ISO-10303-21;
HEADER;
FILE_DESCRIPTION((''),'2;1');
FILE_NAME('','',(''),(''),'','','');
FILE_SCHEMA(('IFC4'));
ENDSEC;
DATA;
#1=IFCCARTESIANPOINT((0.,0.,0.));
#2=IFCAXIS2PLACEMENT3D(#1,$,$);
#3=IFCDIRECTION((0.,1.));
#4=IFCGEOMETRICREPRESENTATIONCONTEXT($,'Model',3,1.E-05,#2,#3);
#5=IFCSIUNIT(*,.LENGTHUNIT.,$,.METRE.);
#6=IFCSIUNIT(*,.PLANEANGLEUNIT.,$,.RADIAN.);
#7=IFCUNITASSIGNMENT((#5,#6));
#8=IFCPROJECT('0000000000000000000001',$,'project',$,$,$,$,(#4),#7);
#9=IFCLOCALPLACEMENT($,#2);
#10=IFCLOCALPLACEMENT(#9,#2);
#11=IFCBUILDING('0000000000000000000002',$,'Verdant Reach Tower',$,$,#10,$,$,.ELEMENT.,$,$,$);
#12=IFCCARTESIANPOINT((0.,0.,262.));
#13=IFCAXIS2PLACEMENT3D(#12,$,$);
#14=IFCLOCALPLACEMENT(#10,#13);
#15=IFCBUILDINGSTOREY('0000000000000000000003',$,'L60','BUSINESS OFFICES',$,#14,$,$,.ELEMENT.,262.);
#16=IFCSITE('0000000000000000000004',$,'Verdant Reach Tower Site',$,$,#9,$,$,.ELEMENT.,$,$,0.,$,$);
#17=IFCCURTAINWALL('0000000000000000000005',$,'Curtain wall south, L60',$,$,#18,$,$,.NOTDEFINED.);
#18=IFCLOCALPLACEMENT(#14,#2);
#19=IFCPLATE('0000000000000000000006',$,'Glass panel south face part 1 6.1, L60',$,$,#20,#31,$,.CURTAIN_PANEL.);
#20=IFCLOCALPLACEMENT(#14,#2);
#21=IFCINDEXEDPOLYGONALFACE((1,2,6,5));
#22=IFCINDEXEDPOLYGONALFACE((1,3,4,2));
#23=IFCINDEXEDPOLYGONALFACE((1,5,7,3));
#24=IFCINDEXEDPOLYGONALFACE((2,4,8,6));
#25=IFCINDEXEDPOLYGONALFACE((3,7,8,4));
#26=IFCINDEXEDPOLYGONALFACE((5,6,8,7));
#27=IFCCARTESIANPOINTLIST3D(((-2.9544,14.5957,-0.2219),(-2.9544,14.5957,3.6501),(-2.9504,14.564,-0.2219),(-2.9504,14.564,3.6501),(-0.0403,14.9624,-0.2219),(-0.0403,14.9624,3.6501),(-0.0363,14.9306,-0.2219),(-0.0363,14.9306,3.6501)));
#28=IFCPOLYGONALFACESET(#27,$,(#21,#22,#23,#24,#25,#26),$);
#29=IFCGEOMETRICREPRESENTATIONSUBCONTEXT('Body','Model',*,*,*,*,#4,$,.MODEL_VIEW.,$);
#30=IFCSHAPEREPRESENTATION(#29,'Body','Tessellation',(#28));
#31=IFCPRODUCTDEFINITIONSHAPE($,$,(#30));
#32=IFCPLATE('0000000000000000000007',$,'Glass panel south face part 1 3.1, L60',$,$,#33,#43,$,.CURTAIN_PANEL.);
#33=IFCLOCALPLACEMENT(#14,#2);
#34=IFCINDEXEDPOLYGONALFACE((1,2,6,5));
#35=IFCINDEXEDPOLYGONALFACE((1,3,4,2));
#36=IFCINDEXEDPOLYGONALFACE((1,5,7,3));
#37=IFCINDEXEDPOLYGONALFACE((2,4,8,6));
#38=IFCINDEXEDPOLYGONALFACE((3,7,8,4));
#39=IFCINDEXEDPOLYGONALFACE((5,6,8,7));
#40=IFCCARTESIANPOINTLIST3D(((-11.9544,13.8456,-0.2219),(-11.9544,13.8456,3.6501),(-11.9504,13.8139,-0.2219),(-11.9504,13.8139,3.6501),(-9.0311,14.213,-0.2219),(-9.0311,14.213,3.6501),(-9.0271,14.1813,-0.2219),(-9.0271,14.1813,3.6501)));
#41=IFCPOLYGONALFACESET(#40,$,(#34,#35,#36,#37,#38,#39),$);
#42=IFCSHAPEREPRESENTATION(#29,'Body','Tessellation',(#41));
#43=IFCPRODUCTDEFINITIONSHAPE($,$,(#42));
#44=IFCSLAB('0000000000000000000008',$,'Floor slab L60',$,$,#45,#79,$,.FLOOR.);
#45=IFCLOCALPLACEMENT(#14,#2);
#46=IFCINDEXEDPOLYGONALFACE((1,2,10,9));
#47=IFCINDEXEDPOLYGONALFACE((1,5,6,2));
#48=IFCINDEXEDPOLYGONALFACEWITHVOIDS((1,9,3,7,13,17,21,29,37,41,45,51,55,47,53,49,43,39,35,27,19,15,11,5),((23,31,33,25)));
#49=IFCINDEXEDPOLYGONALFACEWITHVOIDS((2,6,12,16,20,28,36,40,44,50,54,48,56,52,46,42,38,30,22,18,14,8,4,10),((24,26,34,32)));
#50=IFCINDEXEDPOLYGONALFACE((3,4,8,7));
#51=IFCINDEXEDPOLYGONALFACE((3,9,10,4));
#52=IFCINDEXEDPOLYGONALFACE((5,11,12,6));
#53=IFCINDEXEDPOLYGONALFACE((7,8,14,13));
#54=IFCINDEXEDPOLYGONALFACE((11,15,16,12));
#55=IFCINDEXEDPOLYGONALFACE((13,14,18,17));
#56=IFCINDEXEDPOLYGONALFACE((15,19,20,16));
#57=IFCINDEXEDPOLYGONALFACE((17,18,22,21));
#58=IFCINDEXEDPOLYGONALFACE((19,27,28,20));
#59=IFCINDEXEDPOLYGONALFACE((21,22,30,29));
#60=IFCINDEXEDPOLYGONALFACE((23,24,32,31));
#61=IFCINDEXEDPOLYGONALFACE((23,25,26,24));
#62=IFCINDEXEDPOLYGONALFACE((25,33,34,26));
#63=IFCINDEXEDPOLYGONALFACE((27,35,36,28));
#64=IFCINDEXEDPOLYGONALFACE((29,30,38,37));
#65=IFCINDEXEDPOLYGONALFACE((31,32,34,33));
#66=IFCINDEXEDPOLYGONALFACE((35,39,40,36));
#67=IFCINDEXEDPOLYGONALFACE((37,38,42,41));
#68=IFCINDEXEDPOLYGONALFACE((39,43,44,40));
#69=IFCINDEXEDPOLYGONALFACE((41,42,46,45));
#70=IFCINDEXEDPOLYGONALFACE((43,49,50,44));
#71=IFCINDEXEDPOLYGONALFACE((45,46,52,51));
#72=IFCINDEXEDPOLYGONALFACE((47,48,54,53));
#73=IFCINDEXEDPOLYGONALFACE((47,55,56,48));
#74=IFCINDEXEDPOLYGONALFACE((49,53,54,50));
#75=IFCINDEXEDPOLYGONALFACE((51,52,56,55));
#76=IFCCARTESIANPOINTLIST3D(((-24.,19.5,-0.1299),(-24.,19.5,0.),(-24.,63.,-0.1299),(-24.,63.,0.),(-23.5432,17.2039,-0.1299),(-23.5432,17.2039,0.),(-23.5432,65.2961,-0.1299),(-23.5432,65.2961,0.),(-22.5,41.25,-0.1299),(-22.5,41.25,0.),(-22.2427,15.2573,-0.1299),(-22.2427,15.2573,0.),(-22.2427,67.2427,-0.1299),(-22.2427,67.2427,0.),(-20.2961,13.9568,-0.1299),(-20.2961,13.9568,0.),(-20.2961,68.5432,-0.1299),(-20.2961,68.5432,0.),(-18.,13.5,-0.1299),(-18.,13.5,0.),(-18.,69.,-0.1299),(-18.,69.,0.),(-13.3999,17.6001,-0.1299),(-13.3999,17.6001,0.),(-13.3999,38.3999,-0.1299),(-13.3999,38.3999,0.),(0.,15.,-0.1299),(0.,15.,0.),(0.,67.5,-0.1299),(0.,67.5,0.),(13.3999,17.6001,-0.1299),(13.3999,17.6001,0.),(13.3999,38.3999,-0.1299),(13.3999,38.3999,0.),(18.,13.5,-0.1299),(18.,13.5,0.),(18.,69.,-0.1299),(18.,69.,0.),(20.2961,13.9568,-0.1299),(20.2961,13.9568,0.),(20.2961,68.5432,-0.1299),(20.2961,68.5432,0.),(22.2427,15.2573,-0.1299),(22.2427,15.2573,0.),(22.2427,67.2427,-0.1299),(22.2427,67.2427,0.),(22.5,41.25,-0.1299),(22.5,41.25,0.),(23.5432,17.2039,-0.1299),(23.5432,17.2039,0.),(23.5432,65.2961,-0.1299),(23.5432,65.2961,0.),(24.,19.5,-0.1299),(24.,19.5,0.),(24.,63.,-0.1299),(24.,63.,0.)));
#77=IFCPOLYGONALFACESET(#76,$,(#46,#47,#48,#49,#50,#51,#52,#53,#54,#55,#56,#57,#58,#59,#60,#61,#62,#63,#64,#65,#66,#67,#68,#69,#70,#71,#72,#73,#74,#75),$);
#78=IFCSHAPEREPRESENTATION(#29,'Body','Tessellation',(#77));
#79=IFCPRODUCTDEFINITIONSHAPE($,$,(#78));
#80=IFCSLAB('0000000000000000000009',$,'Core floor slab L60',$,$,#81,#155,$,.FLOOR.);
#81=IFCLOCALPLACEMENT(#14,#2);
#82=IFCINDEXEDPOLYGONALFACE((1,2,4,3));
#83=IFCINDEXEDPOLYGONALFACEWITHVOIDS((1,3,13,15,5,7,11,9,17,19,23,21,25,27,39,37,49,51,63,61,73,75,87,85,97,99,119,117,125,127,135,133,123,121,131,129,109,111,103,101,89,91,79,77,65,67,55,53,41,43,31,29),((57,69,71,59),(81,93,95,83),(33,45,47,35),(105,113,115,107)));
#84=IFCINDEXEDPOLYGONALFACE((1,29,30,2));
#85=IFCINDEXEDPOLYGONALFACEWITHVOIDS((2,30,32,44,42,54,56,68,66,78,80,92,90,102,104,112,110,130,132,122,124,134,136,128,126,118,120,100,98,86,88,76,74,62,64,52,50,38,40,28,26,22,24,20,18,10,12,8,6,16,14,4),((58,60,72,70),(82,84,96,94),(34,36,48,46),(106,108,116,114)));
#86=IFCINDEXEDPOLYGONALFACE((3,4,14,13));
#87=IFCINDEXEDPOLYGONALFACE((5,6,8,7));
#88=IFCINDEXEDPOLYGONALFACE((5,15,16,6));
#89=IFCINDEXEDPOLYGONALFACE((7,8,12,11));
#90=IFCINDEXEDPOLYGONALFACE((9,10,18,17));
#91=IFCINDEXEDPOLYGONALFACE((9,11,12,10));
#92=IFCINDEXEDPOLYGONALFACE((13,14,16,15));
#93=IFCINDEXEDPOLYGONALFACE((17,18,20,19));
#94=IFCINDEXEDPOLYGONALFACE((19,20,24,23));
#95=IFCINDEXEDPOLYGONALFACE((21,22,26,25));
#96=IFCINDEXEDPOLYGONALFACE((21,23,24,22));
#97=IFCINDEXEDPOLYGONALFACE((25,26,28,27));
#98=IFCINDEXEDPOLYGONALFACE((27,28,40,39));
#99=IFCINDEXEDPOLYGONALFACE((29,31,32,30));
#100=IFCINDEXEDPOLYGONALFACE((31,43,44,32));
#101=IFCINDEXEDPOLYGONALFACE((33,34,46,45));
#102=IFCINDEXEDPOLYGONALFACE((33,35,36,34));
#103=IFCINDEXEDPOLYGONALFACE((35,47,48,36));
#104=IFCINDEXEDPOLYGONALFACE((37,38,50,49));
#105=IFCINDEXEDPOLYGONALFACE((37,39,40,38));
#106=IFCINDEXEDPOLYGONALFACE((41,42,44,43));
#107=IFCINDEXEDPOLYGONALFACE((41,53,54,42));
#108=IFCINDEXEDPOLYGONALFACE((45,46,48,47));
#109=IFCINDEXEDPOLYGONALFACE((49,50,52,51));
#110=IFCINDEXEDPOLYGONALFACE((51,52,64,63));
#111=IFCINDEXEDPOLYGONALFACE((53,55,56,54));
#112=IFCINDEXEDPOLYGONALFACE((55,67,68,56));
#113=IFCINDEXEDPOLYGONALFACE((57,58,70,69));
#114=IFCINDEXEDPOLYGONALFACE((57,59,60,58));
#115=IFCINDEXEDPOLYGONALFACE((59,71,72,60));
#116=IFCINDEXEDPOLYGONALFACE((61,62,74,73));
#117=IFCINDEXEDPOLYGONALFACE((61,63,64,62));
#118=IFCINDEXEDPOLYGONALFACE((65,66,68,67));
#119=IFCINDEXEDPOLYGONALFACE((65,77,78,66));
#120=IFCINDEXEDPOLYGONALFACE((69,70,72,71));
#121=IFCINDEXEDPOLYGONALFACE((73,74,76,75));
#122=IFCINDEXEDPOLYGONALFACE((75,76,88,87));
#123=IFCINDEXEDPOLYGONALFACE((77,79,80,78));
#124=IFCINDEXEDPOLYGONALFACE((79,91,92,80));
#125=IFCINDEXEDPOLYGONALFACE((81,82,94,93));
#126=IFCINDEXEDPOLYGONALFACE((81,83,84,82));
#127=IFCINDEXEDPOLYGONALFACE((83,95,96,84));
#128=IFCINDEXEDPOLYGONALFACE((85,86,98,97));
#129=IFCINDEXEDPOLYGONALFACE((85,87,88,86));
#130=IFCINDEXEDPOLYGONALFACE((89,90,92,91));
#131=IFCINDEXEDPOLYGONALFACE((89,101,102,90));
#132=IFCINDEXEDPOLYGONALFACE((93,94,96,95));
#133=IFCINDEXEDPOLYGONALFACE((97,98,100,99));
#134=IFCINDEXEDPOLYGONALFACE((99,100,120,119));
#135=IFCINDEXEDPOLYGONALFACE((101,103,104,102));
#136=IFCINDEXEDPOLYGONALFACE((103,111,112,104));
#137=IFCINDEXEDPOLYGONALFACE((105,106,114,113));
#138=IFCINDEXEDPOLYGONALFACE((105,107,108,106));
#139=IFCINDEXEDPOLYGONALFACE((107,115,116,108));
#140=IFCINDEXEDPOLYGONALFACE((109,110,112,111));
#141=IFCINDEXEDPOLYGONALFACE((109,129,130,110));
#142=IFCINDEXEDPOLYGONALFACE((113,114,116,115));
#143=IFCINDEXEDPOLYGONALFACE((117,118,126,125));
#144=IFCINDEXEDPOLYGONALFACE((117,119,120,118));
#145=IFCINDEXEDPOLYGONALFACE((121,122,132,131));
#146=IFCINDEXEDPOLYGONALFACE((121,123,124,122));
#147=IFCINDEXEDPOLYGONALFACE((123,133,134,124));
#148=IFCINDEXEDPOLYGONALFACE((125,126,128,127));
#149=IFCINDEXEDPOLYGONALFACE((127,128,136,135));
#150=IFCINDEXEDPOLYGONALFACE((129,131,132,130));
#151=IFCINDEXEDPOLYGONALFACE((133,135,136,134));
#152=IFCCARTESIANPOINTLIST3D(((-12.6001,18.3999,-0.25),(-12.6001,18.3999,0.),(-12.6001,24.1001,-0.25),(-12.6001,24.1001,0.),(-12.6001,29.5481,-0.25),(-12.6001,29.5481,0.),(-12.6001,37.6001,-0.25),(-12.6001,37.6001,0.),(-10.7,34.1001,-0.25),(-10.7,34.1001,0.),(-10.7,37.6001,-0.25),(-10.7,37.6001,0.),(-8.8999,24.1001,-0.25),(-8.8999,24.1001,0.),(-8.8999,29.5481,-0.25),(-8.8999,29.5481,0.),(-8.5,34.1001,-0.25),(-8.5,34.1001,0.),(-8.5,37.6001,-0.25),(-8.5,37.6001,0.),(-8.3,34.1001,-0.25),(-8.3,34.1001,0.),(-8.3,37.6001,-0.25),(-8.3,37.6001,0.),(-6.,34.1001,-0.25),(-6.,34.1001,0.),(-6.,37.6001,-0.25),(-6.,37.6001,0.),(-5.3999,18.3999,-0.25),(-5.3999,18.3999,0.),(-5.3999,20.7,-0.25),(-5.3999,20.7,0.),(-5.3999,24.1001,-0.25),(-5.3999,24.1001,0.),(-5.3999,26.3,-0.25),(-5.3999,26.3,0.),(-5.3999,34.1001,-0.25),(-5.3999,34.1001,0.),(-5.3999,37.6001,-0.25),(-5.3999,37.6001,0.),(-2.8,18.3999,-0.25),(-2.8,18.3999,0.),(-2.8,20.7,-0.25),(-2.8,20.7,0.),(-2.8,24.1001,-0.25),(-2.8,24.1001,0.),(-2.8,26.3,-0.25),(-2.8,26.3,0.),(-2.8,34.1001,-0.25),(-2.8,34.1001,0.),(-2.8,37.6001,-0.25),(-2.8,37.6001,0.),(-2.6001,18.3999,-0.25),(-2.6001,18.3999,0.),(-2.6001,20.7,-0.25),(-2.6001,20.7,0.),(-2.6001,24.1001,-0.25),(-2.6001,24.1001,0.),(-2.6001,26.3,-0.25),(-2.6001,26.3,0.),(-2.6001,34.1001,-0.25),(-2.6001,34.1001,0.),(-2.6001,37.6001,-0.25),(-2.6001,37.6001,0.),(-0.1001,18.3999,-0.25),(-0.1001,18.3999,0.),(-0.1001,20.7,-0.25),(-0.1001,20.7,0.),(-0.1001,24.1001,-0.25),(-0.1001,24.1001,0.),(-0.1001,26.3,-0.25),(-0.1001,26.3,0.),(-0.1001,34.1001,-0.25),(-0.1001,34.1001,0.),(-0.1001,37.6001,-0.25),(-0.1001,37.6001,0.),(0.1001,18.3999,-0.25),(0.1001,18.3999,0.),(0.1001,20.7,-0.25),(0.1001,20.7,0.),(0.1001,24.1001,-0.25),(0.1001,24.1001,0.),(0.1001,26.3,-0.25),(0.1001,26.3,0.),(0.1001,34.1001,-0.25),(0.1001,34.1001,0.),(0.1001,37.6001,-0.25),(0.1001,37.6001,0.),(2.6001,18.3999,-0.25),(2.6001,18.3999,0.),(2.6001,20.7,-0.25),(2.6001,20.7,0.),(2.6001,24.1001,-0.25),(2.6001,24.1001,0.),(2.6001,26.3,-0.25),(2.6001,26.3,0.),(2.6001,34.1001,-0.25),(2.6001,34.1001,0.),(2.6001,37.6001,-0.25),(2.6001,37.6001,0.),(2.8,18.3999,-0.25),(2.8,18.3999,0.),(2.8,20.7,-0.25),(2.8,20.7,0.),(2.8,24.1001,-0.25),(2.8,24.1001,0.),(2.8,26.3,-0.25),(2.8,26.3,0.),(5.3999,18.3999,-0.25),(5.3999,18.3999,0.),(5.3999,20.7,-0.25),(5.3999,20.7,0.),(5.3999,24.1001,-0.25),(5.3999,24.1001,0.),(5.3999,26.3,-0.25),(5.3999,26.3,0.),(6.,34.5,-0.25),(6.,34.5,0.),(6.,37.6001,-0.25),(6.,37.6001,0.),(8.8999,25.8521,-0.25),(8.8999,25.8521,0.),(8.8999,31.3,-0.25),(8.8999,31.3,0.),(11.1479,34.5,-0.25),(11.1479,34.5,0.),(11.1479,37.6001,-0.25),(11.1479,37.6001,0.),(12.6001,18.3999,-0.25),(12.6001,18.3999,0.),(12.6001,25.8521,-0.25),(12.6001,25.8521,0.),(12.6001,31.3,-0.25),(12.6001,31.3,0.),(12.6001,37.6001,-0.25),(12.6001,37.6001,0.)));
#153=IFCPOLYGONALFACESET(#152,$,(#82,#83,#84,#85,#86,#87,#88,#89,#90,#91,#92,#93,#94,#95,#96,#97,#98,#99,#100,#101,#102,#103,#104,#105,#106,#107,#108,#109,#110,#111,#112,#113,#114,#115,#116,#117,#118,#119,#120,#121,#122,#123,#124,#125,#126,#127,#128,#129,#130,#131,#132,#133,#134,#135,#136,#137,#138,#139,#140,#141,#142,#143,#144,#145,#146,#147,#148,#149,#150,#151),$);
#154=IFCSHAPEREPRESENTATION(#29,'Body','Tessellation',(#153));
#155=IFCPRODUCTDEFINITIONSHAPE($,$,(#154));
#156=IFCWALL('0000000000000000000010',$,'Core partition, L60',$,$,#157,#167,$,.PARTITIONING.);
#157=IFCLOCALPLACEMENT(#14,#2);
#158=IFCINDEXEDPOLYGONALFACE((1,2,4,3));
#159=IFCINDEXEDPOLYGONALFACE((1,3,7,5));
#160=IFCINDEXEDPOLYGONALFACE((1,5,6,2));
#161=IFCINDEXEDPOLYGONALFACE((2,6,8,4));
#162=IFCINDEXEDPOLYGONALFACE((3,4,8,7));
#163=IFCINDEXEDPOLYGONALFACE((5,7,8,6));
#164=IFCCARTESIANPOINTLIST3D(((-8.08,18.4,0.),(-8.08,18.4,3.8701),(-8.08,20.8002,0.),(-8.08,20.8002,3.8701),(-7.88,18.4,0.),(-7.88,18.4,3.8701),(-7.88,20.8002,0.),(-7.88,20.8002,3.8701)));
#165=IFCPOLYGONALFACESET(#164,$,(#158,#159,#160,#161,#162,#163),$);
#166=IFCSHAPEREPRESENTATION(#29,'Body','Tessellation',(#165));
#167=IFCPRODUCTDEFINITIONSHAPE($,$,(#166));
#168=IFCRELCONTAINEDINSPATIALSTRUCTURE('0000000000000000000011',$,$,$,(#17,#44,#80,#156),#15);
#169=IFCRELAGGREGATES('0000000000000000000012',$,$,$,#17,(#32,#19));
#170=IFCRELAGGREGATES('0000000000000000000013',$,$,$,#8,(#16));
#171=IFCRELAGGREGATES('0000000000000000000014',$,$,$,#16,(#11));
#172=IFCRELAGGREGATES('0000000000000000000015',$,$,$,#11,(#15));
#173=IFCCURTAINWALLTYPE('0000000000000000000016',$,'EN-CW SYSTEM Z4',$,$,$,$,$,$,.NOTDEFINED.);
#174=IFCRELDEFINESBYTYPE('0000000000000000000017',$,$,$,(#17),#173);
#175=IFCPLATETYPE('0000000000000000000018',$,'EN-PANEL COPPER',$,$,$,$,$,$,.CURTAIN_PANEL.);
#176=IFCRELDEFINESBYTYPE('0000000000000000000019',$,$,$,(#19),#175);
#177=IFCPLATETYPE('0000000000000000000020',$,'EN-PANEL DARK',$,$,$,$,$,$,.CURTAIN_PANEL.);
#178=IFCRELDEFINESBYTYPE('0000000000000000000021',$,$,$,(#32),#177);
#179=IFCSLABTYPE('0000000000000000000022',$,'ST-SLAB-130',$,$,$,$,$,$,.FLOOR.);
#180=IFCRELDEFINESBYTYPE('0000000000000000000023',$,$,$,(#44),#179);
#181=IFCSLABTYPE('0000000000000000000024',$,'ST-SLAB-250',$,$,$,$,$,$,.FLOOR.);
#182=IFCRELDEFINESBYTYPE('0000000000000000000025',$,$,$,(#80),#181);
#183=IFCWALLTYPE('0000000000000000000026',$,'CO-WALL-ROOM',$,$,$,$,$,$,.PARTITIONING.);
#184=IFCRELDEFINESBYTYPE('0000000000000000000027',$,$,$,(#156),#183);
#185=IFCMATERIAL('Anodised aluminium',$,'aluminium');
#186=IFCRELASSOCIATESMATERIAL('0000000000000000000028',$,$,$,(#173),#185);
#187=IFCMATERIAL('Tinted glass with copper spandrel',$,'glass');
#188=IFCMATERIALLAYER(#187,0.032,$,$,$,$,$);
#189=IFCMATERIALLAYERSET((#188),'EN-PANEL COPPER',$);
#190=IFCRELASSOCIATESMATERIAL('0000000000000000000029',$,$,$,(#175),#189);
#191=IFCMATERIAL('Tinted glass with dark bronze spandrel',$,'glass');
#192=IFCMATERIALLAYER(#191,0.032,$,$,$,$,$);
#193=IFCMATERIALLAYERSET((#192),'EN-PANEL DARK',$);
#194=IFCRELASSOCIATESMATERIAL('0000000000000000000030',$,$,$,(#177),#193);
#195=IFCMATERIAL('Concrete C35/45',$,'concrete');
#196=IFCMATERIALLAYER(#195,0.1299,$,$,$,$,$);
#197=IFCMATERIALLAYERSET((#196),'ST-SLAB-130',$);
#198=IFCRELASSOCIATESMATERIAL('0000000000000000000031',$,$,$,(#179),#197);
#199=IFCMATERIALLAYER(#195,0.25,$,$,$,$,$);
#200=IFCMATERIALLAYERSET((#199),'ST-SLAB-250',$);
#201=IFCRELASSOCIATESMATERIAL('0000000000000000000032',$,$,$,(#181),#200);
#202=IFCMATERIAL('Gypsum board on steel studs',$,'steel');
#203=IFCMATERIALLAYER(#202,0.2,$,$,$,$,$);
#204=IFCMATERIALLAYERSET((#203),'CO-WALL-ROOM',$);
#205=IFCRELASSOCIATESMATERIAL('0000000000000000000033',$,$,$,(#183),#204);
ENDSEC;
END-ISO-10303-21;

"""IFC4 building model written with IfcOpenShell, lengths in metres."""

from ifc_helpers import new_model, si_unit, direction, frame, frame_2d, origin, origin_2d, place, context, subcontext, project, spatial, polyline, rectangle, outline, extrude, material, layer, layer_set, type_object, element, aggregate, save


model = new_model("IFC4")

# Units and contexts
model_context = context("Model", 3, precision=1e-05, world=origin(), true_north=direction((0.0, 1.0)))
body_context = subcontext(model_context, "Body", "Model", "MODEL_VIEW")
ifc_project = project(units=[si_unit("LENGTHUNIT", "METRE"), si_unit("PLANEANGLEUNIT", "RADIAN")], contexts=[model_context])

# Site, building, storey
site_placement = place(None, origin())
site = spatial("IfcSite", under=ifc_project, at=site_placement, Name="Verdant Reach Tower Site", CompositionType="ELEMENT", RefElevation=0.0)
building_placement = place(site_placement, origin())
building = spatial("IfcBuilding", under=site, at=building_placement, Name="Verdant Reach Tower", CompositionType="ELEMENT")
storey_placement = place(building_placement, frame((0.0, 0.0, 262.0)))
storey = spatial("IfcBuildingStorey", under=building, at=storey_placement, Name="L60", Description="BUSINESS OFFICES", CompositionType="ELEMENT", Elevation=262.0)

# Curtain wall
ifc_material_1 = material(Name="Anodised aluminium", Category="aluminium")
curtain_wall_type = type_object("IfcCurtainWallType", Name="EN-CW SYSTEM Z4", PredefinedType="NOTDEFINED", material=ifc_material_1)
curtain_wall_placement = place(storey_placement, origin())
curtain_wall = element("IfcCurtainWall", 1, at=curtain_wall_placement, inside=storey, type_object=curtain_wall_type, Name="Curtain wall south, L60", PredefinedType="NOTDEFINED")

# Plates
ifc_material_2 = material(Name="Tinted glass with copper spandrel", Category="glass")
ifc_layer_1 = layer(ifc_material_2, 0.032)
ifc_layer_set_1 = layer_set([ifc_layer_1], Name="EN-PANEL COPPER")
plate_type_1 = type_object("IfcPlateType", Name="EN-PANEL COPPER", PredefinedType="CURTAIN_PANEL", material=ifc_layer_set_1)
plate_1_placement = place(storey_placement, frame((-1.4954, 14.7632, -0.2219), z_axis=(0.0, 0.0, 1.0), x_axis=(0.992178, 0.124832, 0.0)))
plate_1 = element("IfcPlate", 2, at=plate_1_placement, type_object=plate_type_1, Name="Glass panel south face part 1 6.1, L60", PredefinedType="CURTAIN_PANEL", context=body_context, shape_type="SweptSolid", body=[
    extrude(rectangle(XDim=2.937, YDim=0.032, at=origin_2d()), origin(), (0.0, 0.0, 1.0), 3.8721),
])
ifc_material_3 = material(Name="Tinted glass with dark bronze spandrel", Category="glass")
ifc_layer_2 = layer(ifc_material_3, 0.032)
ifc_layer_set_2 = layer_set([ifc_layer_2], Name="EN-PANEL DARK")
plate_type_2 = type_object("IfcPlateType", Name="EN-PANEL DARK", PredefinedType="CURTAIN_PANEL", material=ifc_layer_set_2)
plate_2_placement = place(storey_placement, frame((-10.4907, 14.0134, -0.2219), z_axis=(0.0, 0.0, 1.0), x_axis=(0.992194, 0.124704, 0.0)))
plate_2 = element("IfcPlate", 3, at=plate_2_placement, type_object=plate_type_2, Name="Glass panel south face part 1 3.1, L60", PredefinedType="CURTAIN_PANEL", context=body_context, shape_type="SweptSolid", body=[
    extrude(rectangle(XDim=2.9463, YDim=0.032, at=origin_2d()), origin(), (0.0, 0.0, 1.0), 3.8721),
])
aggregate(curtain_wall, [plate_2, plate_1])

# Slabs
ifc_material_4 = material(Name="Concrete C35/45", Category="concrete")
ifc_layer_3 = layer(ifc_material_4, 0.1299)
ifc_layer_set_3 = layer_set([ifc_layer_3], Name="ST-SLAB-130")
slab_type_1 = type_object("IfcSlabType", Name="ST-SLAB-130", PredefinedType="FLOOR", material=ifc_layer_set_3)
slab_1_placement = place(storey_placement, frame((0.0, 0.0, -0.1299)))
element("IfcSlab", 4, at=slab_1_placement, inside=storey, type_object=slab_type_1, Name="Floor slab L60", PredefinedType="FLOOR", context=body_context, shape_type="SweptSolid", body=[
    extrude(outline(polyline([(0.0, 15.0), (-18.0, 13.5), (-20.2961, 13.9568), (-22.2427, 15.2573), (-23.5432, 17.2039), (-24.0, 19.5), (-22.5, 41.25), (-24.0, 63.0), (-23.5432, 65.2961), (-22.2427, 67.2427), (-20.2961, 68.5432), (-18.0, 69.0), (0.0, 67.5), (18.0, 69.0), (20.2961, 68.5432), (22.2427, 67.2427), (23.5432, 65.2961), (24.0, 63.0), (22.5, 41.25), (24.0, 19.5), (23.5432, 17.2039), (22.2427, 15.2573), (20.2961, 13.9568), (18.0, 13.5), (0.0, 15.0)]), holes=[polyline([(13.3999, 38.3999), (-13.3999, 38.3999), (-13.3999, 17.6001), (13.3999, 17.6001), (13.3999, 38.3999)])]), origin(), (0.0, 0.0, 1.0), 0.1299),
])
ifc_layer_4 = layer(ifc_material_4, 0.25)
ifc_layer_set_4 = layer_set([ifc_layer_4], Name="ST-SLAB-250")
slab_type_2 = type_object("IfcSlabType", Name="ST-SLAB-250", PredefinedType="FLOOR", material=ifc_layer_set_4)
slab_2_placement = place(storey_placement, frame((0.0, 0.0, -0.25)))
element("IfcSlab", 5, at=slab_2_placement, inside=storey, type_object=slab_type_2, Name="Core floor slab L60", PredefinedType="FLOOR", context=body_context, shape_type="SweptSolid", body=[
    extrude(outline(polyline([(12.6001, 18.3999), (5.3999, 18.3999), (5.3999, 20.7), (2.8, 20.7), (2.8, 18.3999), (2.6001, 18.3999), (2.6001, 20.7), (0.1001, 20.7), (0.1001, 18.3999), (-0.1001, 18.3999), (-0.1001, 20.7), (-2.6001, 20.7), (-2.6001, 18.3999), (-2.8, 18.3999), (-2.8, 20.7), (-5.3999, 20.7), (-5.3999, 18.3999), (-12.6001, 18.3999), (-12.6001, 24.1001), (-8.8999, 24.1001), (-8.8999, 29.5481), (-12.6001, 29.5481), (-12.6001, 37.6001), (-10.7, 37.6001), (-10.7, 34.1001), (-8.5, 34.1001), (-8.5, 37.6001), (-8.3, 37.6001), (-8.3, 34.1001), (-6.0, 34.1001), (-6.0, 37.6001), (-5.3999, 37.6001), (-5.3999, 34.1001), (-2.8, 34.1001), (-2.8, 37.6001), (-2.6001, 37.6001), (-2.6001, 34.1001), (-0.1001, 34.1001), (-0.1001, 37.6001), (0.1001, 37.6001), (0.1001, 34.1001), (2.6001, 34.1001), (2.6001, 37.6001), (6.0, 37.6001), (6.0, 34.5), (11.1479, 34.5), (11.1479, 37.6001), (12.6001, 37.6001), (12.6001, 31.3), (8.8999, 31.3), (8.8999, 25.8521), (12.6001, 25.8521), (12.6001, 18.3999)]), holes=[polyline([(-2.8, 24.1001), (-2.8, 26.3), (-5.3999, 26.3), (-5.3999, 24.1001), (-2.8, 24.1001)]), polyline([(-0.1001, 24.1001), (-0.1001, 26.3), (-2.6001, 26.3), (-2.6001, 24.1001), (-0.1001, 24.1001)]), polyline([(2.6001, 24.1001), (2.6001, 26.3), (0.1001, 26.3), (0.1001, 24.1001), (2.6001, 24.1001)]), polyline([(5.3999, 24.1001), (5.3999, 26.3), (2.8, 26.3), (2.8, 24.1001), (5.3999, 24.1001)])]), origin(), (0.0, 0.0, 1.0), 0.25),
])

# Wall
ifc_material_5 = material(Name="Gypsum board on steel studs", Category="steel")
ifc_layer_5 = layer(ifc_material_5, 0.2)
ifc_layer_set_5 = layer_set([ifc_layer_5], Name="CO-WALL-ROOM")
wall_type_1 = type_object("IfcWallType", Name="CO-WALL-ROOM", PredefinedType="PARTITIONING", material=ifc_layer_set_5)
wall_1_placement = place(storey_placement, frame((-7.98, 18.3999, 0.0), z_axis=(0.0, 0.0, 1.0), x_axis=(0.0, 1.0, 0.0)))
element("IfcWall", 6, at=wall_1_placement, inside=storey, type_object=wall_type_1, Name="Core partition, L60", PredefinedType="PARTITIONING", context=body_context, shape_type="SweptSolid", body=[
    extrude(rectangle(XDim=2.4001, YDim=0.2, at=frame_2d((1.2002, 0.0))), origin(), (0.0, 0.0, 1.0), 3.8701),
])

save(model, "model.ifc")
